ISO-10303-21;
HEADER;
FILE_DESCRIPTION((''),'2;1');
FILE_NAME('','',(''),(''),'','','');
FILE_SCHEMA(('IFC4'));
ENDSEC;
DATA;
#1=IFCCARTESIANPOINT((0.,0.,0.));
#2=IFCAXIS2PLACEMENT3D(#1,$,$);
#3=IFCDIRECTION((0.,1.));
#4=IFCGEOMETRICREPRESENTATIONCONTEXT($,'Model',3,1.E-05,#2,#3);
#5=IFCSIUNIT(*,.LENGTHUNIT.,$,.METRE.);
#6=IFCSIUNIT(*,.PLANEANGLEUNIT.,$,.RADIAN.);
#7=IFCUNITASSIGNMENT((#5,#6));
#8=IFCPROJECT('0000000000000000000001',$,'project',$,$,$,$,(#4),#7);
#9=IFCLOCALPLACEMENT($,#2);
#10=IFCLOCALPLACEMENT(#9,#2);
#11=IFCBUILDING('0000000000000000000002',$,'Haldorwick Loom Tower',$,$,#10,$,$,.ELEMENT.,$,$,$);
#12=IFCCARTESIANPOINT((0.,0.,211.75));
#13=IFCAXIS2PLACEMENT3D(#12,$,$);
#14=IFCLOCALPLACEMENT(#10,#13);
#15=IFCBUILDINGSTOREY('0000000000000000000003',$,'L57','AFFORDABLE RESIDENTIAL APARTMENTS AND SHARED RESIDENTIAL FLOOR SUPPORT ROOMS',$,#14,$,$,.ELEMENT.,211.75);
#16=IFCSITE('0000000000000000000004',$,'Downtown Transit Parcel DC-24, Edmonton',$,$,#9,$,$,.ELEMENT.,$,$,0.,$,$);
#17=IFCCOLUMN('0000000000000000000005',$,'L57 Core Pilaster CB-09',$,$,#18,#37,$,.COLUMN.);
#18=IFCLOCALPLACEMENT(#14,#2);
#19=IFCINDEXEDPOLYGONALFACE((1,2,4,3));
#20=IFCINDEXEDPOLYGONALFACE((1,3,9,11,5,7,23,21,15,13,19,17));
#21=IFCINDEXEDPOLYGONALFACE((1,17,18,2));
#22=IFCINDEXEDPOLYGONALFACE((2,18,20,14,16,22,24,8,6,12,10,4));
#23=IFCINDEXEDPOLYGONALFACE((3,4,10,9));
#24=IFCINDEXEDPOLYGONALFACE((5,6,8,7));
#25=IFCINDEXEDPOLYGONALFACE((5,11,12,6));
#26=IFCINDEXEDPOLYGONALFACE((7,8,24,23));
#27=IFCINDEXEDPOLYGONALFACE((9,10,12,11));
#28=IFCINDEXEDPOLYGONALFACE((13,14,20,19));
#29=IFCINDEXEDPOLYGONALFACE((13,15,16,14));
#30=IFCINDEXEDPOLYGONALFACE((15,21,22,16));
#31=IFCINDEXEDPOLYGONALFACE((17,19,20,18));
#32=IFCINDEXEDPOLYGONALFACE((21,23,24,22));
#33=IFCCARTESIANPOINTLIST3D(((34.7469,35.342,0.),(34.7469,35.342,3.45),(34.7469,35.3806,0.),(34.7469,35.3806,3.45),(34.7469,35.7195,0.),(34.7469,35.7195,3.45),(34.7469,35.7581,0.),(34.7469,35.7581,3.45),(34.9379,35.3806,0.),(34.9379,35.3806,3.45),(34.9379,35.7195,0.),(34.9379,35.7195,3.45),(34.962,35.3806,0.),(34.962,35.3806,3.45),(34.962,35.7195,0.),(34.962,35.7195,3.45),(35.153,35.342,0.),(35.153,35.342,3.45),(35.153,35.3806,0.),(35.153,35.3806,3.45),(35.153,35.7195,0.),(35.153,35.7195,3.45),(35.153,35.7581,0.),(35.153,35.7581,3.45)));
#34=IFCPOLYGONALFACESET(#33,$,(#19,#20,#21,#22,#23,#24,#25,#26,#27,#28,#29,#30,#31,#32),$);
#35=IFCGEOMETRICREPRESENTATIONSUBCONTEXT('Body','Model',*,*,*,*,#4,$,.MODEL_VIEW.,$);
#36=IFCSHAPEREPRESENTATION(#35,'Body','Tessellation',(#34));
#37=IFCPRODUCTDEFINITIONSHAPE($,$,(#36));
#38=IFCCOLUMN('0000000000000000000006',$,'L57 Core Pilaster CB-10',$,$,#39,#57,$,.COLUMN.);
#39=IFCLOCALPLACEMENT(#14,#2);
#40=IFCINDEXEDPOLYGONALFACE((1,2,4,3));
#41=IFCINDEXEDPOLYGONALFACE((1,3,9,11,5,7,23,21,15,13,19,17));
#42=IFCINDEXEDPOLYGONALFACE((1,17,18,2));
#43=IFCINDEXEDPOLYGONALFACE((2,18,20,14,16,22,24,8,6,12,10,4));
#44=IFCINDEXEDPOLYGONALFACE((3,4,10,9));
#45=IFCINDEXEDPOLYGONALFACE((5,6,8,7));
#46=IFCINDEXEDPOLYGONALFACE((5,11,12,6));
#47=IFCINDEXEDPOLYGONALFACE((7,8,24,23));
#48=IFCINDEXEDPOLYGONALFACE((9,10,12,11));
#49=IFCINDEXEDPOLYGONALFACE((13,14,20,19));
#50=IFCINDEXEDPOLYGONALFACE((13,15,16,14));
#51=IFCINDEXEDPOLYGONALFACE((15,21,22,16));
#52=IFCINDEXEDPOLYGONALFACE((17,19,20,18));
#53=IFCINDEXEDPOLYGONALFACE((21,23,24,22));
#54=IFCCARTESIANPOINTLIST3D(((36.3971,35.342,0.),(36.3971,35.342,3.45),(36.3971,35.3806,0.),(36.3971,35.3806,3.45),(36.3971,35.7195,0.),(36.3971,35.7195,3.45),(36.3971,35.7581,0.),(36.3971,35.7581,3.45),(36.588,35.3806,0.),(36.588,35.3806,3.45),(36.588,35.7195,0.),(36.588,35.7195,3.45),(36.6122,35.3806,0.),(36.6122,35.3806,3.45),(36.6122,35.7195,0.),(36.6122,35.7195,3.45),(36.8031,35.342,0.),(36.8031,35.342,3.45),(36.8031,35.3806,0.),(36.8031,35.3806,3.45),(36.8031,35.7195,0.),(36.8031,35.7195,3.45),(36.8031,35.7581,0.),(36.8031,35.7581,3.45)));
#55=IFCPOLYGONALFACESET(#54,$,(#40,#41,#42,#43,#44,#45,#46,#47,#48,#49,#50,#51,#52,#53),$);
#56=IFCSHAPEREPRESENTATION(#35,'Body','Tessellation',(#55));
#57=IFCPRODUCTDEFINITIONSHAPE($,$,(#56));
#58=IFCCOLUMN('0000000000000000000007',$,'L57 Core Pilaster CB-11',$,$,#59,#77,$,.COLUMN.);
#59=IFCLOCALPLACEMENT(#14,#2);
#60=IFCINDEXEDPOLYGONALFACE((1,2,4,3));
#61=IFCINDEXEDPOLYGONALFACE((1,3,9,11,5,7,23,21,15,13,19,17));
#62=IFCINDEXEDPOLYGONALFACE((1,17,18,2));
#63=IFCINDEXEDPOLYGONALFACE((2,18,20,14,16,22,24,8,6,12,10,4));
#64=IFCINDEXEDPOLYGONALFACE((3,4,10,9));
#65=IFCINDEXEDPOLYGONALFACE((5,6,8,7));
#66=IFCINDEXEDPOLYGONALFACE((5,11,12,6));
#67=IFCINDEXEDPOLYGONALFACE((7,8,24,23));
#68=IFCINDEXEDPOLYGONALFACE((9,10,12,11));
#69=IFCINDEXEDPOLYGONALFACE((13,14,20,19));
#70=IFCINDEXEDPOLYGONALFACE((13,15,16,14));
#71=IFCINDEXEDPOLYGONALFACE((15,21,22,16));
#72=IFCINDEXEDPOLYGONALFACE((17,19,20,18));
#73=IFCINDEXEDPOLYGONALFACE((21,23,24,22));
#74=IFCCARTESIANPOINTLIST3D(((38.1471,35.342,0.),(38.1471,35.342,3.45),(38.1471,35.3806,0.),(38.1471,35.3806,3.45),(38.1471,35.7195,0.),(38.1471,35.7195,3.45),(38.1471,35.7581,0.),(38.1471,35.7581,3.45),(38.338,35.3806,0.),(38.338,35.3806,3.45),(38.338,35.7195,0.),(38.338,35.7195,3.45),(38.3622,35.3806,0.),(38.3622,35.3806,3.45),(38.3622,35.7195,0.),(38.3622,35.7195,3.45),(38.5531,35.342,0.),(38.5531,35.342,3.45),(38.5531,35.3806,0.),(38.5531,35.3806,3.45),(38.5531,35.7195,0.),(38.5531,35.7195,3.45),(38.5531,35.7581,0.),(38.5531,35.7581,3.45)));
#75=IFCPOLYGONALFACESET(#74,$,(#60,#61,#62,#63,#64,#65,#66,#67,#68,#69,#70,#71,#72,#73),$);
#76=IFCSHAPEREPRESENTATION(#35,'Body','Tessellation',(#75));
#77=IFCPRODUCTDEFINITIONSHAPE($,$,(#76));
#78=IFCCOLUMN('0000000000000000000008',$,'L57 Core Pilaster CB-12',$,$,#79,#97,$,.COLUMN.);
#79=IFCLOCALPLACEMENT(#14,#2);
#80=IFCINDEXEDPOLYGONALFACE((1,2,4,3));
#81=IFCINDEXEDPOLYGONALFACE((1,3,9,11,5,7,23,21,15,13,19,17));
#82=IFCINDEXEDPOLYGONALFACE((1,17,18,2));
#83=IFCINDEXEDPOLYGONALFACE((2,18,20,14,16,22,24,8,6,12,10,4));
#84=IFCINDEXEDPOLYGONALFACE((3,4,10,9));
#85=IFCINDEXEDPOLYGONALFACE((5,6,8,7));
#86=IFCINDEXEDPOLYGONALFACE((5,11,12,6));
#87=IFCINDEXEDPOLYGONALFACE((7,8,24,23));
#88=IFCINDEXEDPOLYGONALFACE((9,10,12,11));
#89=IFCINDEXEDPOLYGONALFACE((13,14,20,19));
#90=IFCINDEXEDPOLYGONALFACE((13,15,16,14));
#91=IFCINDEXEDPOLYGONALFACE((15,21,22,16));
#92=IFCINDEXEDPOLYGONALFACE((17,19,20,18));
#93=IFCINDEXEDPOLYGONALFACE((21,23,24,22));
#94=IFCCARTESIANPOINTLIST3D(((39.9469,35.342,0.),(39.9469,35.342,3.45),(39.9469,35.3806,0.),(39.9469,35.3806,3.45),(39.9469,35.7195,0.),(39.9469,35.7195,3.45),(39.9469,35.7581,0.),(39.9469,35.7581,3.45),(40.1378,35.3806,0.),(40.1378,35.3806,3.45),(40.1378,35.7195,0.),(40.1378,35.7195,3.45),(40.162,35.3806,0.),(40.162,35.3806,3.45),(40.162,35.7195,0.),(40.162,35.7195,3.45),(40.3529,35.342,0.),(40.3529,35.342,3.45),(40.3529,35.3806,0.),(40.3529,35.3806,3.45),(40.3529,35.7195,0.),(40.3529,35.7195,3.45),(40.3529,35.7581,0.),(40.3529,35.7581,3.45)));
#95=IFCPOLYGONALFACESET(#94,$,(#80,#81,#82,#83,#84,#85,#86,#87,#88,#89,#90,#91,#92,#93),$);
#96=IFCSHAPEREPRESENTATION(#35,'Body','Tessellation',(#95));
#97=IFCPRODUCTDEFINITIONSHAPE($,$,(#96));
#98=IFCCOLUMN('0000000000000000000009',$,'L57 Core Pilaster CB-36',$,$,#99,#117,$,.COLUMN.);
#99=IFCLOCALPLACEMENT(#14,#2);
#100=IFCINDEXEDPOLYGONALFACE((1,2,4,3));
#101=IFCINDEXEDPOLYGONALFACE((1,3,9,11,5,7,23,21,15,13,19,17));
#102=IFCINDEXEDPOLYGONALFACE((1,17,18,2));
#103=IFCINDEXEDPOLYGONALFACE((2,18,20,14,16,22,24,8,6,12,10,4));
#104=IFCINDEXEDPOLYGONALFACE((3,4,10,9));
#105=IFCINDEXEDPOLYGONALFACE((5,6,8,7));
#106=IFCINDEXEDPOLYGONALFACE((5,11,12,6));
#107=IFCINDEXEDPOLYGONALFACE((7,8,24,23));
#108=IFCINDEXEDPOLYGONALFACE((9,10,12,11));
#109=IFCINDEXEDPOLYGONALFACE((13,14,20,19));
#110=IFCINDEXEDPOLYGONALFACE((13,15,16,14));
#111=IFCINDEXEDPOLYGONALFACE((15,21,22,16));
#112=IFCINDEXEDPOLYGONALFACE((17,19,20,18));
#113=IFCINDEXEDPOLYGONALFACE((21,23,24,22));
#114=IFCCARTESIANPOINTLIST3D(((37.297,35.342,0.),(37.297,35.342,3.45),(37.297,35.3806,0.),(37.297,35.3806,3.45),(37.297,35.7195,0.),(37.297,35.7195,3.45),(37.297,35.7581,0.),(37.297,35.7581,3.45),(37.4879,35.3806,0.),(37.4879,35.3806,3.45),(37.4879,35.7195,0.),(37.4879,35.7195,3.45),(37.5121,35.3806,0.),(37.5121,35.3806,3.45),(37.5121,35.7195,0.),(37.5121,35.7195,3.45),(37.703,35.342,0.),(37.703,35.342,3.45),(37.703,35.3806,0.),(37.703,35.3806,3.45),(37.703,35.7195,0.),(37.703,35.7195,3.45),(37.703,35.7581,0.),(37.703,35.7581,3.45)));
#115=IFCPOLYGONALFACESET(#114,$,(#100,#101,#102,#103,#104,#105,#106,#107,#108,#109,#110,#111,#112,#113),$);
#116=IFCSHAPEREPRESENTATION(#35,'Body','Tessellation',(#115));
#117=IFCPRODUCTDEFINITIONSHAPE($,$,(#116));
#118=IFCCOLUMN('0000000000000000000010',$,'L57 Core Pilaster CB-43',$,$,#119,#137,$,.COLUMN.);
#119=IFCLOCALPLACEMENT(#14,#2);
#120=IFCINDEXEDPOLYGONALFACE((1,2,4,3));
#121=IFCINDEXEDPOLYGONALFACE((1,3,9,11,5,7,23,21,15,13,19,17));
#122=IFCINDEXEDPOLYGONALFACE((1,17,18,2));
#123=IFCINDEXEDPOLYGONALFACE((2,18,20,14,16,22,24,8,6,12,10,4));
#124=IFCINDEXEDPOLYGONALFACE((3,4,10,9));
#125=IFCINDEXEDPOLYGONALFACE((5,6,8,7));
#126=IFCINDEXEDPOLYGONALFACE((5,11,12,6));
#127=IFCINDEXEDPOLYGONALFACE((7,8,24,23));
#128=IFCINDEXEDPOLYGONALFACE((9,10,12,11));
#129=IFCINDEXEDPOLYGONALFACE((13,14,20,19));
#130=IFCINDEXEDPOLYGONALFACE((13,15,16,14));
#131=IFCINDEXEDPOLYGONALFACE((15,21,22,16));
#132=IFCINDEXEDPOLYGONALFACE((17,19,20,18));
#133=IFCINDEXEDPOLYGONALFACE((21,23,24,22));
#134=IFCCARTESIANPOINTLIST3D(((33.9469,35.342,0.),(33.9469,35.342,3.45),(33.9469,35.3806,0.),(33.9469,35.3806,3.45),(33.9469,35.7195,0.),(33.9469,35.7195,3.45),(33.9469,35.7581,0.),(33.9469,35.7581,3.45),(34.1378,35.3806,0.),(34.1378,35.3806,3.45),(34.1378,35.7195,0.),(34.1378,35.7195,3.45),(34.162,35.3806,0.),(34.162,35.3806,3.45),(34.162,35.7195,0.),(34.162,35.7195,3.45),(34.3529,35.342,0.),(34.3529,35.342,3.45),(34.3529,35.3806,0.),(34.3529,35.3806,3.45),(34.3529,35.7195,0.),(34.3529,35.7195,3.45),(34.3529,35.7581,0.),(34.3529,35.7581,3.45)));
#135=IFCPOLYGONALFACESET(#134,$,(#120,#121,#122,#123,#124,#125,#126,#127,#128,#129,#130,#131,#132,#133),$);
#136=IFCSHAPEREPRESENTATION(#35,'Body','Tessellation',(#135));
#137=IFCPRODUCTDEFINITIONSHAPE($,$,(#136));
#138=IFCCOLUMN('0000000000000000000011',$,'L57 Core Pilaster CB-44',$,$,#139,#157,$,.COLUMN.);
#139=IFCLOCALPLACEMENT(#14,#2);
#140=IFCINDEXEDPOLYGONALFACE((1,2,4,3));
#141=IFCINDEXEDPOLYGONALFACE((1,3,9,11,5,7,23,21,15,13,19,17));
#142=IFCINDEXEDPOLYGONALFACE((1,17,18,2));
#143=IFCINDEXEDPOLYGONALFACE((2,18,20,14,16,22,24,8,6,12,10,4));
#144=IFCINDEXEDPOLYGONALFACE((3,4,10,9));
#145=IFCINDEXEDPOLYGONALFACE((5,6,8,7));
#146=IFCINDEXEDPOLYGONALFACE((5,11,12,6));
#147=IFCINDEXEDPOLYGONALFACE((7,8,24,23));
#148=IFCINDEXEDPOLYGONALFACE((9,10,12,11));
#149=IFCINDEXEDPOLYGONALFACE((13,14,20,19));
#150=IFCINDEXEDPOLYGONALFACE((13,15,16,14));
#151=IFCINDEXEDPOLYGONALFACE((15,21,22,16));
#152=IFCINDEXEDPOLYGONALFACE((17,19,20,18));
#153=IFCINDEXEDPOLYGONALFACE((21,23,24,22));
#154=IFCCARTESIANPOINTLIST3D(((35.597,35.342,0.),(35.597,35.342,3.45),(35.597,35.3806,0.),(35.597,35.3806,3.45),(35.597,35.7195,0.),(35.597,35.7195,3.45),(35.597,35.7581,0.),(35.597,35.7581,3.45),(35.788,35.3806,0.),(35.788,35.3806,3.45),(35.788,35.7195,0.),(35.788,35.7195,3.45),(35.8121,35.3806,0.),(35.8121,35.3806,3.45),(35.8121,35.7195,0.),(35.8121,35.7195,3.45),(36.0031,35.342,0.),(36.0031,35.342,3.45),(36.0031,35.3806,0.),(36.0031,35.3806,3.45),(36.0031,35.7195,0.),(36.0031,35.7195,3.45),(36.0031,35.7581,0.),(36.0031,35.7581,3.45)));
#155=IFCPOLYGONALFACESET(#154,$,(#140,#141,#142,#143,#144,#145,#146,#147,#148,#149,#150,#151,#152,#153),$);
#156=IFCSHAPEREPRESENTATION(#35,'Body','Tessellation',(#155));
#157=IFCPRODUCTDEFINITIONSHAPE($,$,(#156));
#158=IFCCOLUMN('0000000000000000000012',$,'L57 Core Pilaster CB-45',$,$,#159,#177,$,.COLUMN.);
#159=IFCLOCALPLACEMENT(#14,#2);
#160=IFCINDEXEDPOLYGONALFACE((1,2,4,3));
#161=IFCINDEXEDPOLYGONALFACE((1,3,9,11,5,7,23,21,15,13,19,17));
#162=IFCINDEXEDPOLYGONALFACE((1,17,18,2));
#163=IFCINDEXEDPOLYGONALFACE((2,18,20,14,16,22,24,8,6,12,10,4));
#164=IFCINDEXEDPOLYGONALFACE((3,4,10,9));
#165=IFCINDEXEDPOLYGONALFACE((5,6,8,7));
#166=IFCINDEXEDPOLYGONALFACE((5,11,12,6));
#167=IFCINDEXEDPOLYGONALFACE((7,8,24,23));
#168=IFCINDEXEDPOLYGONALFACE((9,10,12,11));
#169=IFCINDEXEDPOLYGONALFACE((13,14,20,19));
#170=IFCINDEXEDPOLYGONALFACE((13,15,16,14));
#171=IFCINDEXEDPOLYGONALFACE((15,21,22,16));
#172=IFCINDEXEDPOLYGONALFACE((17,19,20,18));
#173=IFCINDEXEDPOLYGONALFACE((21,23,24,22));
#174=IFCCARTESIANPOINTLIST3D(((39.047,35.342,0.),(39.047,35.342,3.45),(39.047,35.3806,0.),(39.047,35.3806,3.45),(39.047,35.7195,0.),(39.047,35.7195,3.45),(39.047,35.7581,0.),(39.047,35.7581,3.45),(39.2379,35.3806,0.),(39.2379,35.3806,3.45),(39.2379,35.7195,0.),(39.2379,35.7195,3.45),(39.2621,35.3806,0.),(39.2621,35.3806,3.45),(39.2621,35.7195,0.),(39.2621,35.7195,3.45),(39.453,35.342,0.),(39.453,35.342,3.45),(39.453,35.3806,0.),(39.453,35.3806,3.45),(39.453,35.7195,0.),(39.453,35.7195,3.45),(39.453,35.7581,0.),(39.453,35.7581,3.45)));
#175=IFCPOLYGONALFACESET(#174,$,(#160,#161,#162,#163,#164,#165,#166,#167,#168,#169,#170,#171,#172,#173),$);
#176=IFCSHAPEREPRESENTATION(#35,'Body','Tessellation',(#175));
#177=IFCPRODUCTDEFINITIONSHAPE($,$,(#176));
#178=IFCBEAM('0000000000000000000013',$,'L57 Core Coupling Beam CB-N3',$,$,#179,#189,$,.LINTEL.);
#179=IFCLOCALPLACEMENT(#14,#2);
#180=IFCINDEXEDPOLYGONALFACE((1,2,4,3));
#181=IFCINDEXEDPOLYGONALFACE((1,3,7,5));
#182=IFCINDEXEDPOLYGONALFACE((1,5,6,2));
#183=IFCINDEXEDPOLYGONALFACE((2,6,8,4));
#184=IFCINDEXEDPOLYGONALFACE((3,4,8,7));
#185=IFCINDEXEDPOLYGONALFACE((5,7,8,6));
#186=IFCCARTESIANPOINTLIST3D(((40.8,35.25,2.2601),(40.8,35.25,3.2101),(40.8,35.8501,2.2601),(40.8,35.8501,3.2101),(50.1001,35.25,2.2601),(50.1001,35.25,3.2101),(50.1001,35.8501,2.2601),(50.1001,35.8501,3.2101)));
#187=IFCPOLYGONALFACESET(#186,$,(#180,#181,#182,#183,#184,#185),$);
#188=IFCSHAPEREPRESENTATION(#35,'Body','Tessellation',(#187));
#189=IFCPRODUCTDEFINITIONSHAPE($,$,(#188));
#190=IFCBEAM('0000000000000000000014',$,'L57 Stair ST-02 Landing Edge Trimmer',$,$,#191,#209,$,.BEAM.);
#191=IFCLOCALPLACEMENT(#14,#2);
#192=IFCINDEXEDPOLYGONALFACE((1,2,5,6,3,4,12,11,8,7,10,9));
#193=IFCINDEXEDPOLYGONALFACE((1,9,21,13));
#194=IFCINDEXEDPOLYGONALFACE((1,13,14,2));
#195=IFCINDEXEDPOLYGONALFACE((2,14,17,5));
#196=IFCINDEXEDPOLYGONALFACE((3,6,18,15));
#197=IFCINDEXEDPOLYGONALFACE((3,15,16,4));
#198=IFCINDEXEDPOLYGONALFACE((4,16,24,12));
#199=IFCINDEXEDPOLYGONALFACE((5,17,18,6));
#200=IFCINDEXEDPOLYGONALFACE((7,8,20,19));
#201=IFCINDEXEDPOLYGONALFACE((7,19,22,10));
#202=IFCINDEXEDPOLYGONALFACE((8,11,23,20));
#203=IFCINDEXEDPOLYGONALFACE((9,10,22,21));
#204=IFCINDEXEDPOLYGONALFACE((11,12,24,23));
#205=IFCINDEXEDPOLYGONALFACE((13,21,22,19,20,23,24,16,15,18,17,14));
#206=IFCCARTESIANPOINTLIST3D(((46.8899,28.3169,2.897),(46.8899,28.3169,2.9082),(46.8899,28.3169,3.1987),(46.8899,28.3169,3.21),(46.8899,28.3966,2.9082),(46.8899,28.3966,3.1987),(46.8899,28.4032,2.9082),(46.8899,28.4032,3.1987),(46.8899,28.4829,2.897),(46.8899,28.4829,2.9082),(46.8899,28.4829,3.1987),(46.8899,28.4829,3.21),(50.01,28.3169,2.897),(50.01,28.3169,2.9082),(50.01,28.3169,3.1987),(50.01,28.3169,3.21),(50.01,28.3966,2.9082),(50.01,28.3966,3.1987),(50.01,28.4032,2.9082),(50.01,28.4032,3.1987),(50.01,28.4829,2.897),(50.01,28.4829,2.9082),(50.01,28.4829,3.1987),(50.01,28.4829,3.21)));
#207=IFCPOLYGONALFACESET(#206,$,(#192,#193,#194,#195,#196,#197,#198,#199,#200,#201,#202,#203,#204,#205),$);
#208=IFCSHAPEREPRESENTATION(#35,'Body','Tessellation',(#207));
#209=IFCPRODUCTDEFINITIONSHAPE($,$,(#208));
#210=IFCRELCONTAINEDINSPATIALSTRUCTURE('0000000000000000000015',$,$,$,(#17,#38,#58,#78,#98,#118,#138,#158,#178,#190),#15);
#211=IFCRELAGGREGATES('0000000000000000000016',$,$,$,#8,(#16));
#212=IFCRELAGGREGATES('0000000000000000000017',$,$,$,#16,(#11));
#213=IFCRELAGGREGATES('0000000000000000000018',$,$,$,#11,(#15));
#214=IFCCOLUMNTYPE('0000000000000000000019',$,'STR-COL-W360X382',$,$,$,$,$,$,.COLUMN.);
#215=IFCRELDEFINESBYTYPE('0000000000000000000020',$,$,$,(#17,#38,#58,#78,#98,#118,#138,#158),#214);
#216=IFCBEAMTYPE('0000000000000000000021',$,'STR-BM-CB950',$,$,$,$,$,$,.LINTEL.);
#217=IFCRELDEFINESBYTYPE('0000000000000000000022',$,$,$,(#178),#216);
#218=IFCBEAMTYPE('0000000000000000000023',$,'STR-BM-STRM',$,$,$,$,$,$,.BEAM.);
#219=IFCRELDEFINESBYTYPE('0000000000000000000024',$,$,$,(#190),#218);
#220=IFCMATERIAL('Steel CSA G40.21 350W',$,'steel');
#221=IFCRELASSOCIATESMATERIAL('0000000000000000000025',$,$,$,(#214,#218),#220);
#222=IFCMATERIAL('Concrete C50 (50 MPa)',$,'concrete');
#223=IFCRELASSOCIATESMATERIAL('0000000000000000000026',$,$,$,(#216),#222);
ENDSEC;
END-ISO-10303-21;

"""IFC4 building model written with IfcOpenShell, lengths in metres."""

from ifc_helpers import new_model, si_unit, direction, frame, origin, origin_2d, place, context, subcontext, project, spatial, rectangle, i_section, extrude, material, material_profile, profile_set, type_object, element, save


model = new_model("IFC4")

# Units and contexts
model_context = context("Model", 3, precision=1e-05, world=origin(), true_north=direction((0.0, 1.0)))
body_context = subcontext(model_context, "Body", "Model", "MODEL_VIEW")
ifc_project = project(units=[si_unit("LENGTHUNIT", "METRE"), si_unit("PLANEANGLEUNIT", "RADIAN")], contexts=[model_context])

# Site, building, storey
site_placement = place(None, origin())
site = spatial("IfcSite", under=ifc_project, at=site_placement, Name="Downtown Transit Parcel DC-24, Edmonton", CompositionType="ELEMENT", RefElevation=0.0)
building_placement = place(site_placement, origin())
building = spatial("IfcBuilding", under=site, at=building_placement, Name="Haldorwick Loom Tower", CompositionType="ELEMENT")
storey_placement = place(building_placement, frame((0.0, 0.0, 211.75)))
storey = spatial("IfcBuildingStorey", under=building, at=storey_placement, Name="L57", Description="AFFORDABLE RESIDENTIAL APARTMENTS AND SHARED RESIDENTIAL FLOOR SUPPORT ROOMS", CompositionType="ELEMENT", Elevation=211.75)

# Columns
ifc_material_1 = material(Name="Steel CSA G40.21 350W", Category="steel")
ifc_material_profile_1 = material_profile(ifc_material_1, i_section(OverallWidth=0.406, OverallDepth=0.416, WebThickness=0.0242, FlangeThickness=0.0386, at=origin_2d()), Name="W360X382", Category="steel")
ifc_profile_set_1 = profile_set([ifc_material_profile_1], Name="Steel CSA G40.21 350W")
column_type = type_object("IfcColumnType", Name="STR-COL-W360X382", PredefinedType="COLUMN", material=ifc_profile_set_1)
for number, where, z_axis, x_axis, name in (
    (1, (34.95, 35.55, 0.0), (0.0, 0.0, 1.0), (1.0, 0.0, 0.0), "L57 Core Pilaster CB-09"),
    (2, (36.6001, 35.55, 0.0), (0.0, 0.0, 1.0), (1.0, 0.0, 0.0), "L57 Core Pilaster CB-10"),
    (3, (38.3501, 35.55, 0.0), (0.0, 0.0, 1.0), (1.0, 0.0, 0.0), "L57 Core Pilaster CB-11"),
    (4, (40.1499, 35.55, 0.0), (0.0, 0.0, 1.0), (1.0, 0.0, 0.0), "L57 Core Pilaster CB-12"),
    (5, (37.5, 35.55, 0.0), (0.0, 0.0, 1.0), (1.0, 0.0, 0.0), "L57 Core Pilaster CB-36"),
    (6, (34.1499, 35.55, 0.0), (0.0, 0.0, 1.0), (1.0, 0.0, 0.0), "L57 Core Pilaster CB-43"),
    (7, (35.8, 35.55, 0.0), (0.0, 0.0, 1.0), (1.0, 0.0, 0.0), "L57 Core Pilaster CB-44"),
    (8, (39.25, 35.55, 0.0), (0.0, 0.0, 1.0), (1.0, 0.0, 0.0), "L57 Core Pilaster CB-45"),
):
    element("IfcColumn", number, at=place(storey_placement, frame(where, z_axis=z_axis, x_axis=x_axis)), inside=storey, type_object=column_type, Name=name, PredefinedType="COLUMN", context=body_context, shape_type="SweptSolid", body=[
        extrude(i_section(OverallWidth=0.406, OverallDepth=0.416, WebThickness=0.0242, FlangeThickness=0.0386, at=origin_2d()), origin(), (0.0, 0.0, 1.0), 3.45),
    ])

# Beams
ifc_material_2 = material(Name="Concrete C50 (50 MPa)", Category="concrete")
ifc_material_profile_2 = material_profile(ifc_material_2, rectangle(XDim=0.6001, YDim=0.95, at=origin_2d()), Name="RC600X950", Category="concrete")
ifc_profile_set_2 = profile_set([ifc_material_profile_2], Name="Concrete C50 (50 MPa)")
beam_type_1 = type_object("IfcBeamType", Name="STR-BM-CB950", PredefinedType="LINTEL", material=ifc_profile_set_2)
beam_1_placement = place(storey_placement, frame((40.8, 35.55, 2.7351), z_axis=(1.0, 0.0, 0.0), x_axis=(0.0, 1.0, 0.0)))
element("IfcBeam", 9, at=beam_1_placement, inside=storey, type_object=beam_type_1, Name="L57 Core Coupling Beam CB-N3", PredefinedType="LINTEL", context=body_context, shape_type="SweptSolid", body=[
    extrude(rectangle(XDim=0.6001, YDim=0.95, at=origin_2d()), origin(), (0.0, 0.0, 1.0), 9.3),
])
ifc_material_profile_3 = material_profile(ifc_material_1, i_section(OverallWidth=0.166, OverallDepth=0.313, WebThickness=0.0066, FlangeThickness=0.0112, at=origin_2d()), Name="W310X45", Category="steel")
ifc_profile_set_3 = profile_set([ifc_material_profile_3], Name="Steel CSA G40.21 350W")
beam_type_2 = type_object("IfcBeamType", Name="STR-BM-STRM", PredefinedType="BEAM", material=ifc_profile_set_3)
beam_2_placement = place(storey_placement, frame((46.8899, 28.3999, 3.0535), z_axis=(1.0, 0.0, 0.0), x_axis=(0.0, 1.0, 0.0)))
element("IfcBeam", 10, at=beam_2_placement, inside=storey, type_object=beam_type_2, Name="L57 Stair ST-02 Landing Edge Trimmer", PredefinedType="BEAM", context=body_context, shape_type="SweptSolid", body=[
    extrude(i_section(OverallWidth=0.166, OverallDepth=0.313, WebThickness=0.0066, FlangeThickness=0.0112, at=origin_2d()), origin(), (0.0, 0.0, 1.0), 3.1201),
])

save(model, "model.ifc")
